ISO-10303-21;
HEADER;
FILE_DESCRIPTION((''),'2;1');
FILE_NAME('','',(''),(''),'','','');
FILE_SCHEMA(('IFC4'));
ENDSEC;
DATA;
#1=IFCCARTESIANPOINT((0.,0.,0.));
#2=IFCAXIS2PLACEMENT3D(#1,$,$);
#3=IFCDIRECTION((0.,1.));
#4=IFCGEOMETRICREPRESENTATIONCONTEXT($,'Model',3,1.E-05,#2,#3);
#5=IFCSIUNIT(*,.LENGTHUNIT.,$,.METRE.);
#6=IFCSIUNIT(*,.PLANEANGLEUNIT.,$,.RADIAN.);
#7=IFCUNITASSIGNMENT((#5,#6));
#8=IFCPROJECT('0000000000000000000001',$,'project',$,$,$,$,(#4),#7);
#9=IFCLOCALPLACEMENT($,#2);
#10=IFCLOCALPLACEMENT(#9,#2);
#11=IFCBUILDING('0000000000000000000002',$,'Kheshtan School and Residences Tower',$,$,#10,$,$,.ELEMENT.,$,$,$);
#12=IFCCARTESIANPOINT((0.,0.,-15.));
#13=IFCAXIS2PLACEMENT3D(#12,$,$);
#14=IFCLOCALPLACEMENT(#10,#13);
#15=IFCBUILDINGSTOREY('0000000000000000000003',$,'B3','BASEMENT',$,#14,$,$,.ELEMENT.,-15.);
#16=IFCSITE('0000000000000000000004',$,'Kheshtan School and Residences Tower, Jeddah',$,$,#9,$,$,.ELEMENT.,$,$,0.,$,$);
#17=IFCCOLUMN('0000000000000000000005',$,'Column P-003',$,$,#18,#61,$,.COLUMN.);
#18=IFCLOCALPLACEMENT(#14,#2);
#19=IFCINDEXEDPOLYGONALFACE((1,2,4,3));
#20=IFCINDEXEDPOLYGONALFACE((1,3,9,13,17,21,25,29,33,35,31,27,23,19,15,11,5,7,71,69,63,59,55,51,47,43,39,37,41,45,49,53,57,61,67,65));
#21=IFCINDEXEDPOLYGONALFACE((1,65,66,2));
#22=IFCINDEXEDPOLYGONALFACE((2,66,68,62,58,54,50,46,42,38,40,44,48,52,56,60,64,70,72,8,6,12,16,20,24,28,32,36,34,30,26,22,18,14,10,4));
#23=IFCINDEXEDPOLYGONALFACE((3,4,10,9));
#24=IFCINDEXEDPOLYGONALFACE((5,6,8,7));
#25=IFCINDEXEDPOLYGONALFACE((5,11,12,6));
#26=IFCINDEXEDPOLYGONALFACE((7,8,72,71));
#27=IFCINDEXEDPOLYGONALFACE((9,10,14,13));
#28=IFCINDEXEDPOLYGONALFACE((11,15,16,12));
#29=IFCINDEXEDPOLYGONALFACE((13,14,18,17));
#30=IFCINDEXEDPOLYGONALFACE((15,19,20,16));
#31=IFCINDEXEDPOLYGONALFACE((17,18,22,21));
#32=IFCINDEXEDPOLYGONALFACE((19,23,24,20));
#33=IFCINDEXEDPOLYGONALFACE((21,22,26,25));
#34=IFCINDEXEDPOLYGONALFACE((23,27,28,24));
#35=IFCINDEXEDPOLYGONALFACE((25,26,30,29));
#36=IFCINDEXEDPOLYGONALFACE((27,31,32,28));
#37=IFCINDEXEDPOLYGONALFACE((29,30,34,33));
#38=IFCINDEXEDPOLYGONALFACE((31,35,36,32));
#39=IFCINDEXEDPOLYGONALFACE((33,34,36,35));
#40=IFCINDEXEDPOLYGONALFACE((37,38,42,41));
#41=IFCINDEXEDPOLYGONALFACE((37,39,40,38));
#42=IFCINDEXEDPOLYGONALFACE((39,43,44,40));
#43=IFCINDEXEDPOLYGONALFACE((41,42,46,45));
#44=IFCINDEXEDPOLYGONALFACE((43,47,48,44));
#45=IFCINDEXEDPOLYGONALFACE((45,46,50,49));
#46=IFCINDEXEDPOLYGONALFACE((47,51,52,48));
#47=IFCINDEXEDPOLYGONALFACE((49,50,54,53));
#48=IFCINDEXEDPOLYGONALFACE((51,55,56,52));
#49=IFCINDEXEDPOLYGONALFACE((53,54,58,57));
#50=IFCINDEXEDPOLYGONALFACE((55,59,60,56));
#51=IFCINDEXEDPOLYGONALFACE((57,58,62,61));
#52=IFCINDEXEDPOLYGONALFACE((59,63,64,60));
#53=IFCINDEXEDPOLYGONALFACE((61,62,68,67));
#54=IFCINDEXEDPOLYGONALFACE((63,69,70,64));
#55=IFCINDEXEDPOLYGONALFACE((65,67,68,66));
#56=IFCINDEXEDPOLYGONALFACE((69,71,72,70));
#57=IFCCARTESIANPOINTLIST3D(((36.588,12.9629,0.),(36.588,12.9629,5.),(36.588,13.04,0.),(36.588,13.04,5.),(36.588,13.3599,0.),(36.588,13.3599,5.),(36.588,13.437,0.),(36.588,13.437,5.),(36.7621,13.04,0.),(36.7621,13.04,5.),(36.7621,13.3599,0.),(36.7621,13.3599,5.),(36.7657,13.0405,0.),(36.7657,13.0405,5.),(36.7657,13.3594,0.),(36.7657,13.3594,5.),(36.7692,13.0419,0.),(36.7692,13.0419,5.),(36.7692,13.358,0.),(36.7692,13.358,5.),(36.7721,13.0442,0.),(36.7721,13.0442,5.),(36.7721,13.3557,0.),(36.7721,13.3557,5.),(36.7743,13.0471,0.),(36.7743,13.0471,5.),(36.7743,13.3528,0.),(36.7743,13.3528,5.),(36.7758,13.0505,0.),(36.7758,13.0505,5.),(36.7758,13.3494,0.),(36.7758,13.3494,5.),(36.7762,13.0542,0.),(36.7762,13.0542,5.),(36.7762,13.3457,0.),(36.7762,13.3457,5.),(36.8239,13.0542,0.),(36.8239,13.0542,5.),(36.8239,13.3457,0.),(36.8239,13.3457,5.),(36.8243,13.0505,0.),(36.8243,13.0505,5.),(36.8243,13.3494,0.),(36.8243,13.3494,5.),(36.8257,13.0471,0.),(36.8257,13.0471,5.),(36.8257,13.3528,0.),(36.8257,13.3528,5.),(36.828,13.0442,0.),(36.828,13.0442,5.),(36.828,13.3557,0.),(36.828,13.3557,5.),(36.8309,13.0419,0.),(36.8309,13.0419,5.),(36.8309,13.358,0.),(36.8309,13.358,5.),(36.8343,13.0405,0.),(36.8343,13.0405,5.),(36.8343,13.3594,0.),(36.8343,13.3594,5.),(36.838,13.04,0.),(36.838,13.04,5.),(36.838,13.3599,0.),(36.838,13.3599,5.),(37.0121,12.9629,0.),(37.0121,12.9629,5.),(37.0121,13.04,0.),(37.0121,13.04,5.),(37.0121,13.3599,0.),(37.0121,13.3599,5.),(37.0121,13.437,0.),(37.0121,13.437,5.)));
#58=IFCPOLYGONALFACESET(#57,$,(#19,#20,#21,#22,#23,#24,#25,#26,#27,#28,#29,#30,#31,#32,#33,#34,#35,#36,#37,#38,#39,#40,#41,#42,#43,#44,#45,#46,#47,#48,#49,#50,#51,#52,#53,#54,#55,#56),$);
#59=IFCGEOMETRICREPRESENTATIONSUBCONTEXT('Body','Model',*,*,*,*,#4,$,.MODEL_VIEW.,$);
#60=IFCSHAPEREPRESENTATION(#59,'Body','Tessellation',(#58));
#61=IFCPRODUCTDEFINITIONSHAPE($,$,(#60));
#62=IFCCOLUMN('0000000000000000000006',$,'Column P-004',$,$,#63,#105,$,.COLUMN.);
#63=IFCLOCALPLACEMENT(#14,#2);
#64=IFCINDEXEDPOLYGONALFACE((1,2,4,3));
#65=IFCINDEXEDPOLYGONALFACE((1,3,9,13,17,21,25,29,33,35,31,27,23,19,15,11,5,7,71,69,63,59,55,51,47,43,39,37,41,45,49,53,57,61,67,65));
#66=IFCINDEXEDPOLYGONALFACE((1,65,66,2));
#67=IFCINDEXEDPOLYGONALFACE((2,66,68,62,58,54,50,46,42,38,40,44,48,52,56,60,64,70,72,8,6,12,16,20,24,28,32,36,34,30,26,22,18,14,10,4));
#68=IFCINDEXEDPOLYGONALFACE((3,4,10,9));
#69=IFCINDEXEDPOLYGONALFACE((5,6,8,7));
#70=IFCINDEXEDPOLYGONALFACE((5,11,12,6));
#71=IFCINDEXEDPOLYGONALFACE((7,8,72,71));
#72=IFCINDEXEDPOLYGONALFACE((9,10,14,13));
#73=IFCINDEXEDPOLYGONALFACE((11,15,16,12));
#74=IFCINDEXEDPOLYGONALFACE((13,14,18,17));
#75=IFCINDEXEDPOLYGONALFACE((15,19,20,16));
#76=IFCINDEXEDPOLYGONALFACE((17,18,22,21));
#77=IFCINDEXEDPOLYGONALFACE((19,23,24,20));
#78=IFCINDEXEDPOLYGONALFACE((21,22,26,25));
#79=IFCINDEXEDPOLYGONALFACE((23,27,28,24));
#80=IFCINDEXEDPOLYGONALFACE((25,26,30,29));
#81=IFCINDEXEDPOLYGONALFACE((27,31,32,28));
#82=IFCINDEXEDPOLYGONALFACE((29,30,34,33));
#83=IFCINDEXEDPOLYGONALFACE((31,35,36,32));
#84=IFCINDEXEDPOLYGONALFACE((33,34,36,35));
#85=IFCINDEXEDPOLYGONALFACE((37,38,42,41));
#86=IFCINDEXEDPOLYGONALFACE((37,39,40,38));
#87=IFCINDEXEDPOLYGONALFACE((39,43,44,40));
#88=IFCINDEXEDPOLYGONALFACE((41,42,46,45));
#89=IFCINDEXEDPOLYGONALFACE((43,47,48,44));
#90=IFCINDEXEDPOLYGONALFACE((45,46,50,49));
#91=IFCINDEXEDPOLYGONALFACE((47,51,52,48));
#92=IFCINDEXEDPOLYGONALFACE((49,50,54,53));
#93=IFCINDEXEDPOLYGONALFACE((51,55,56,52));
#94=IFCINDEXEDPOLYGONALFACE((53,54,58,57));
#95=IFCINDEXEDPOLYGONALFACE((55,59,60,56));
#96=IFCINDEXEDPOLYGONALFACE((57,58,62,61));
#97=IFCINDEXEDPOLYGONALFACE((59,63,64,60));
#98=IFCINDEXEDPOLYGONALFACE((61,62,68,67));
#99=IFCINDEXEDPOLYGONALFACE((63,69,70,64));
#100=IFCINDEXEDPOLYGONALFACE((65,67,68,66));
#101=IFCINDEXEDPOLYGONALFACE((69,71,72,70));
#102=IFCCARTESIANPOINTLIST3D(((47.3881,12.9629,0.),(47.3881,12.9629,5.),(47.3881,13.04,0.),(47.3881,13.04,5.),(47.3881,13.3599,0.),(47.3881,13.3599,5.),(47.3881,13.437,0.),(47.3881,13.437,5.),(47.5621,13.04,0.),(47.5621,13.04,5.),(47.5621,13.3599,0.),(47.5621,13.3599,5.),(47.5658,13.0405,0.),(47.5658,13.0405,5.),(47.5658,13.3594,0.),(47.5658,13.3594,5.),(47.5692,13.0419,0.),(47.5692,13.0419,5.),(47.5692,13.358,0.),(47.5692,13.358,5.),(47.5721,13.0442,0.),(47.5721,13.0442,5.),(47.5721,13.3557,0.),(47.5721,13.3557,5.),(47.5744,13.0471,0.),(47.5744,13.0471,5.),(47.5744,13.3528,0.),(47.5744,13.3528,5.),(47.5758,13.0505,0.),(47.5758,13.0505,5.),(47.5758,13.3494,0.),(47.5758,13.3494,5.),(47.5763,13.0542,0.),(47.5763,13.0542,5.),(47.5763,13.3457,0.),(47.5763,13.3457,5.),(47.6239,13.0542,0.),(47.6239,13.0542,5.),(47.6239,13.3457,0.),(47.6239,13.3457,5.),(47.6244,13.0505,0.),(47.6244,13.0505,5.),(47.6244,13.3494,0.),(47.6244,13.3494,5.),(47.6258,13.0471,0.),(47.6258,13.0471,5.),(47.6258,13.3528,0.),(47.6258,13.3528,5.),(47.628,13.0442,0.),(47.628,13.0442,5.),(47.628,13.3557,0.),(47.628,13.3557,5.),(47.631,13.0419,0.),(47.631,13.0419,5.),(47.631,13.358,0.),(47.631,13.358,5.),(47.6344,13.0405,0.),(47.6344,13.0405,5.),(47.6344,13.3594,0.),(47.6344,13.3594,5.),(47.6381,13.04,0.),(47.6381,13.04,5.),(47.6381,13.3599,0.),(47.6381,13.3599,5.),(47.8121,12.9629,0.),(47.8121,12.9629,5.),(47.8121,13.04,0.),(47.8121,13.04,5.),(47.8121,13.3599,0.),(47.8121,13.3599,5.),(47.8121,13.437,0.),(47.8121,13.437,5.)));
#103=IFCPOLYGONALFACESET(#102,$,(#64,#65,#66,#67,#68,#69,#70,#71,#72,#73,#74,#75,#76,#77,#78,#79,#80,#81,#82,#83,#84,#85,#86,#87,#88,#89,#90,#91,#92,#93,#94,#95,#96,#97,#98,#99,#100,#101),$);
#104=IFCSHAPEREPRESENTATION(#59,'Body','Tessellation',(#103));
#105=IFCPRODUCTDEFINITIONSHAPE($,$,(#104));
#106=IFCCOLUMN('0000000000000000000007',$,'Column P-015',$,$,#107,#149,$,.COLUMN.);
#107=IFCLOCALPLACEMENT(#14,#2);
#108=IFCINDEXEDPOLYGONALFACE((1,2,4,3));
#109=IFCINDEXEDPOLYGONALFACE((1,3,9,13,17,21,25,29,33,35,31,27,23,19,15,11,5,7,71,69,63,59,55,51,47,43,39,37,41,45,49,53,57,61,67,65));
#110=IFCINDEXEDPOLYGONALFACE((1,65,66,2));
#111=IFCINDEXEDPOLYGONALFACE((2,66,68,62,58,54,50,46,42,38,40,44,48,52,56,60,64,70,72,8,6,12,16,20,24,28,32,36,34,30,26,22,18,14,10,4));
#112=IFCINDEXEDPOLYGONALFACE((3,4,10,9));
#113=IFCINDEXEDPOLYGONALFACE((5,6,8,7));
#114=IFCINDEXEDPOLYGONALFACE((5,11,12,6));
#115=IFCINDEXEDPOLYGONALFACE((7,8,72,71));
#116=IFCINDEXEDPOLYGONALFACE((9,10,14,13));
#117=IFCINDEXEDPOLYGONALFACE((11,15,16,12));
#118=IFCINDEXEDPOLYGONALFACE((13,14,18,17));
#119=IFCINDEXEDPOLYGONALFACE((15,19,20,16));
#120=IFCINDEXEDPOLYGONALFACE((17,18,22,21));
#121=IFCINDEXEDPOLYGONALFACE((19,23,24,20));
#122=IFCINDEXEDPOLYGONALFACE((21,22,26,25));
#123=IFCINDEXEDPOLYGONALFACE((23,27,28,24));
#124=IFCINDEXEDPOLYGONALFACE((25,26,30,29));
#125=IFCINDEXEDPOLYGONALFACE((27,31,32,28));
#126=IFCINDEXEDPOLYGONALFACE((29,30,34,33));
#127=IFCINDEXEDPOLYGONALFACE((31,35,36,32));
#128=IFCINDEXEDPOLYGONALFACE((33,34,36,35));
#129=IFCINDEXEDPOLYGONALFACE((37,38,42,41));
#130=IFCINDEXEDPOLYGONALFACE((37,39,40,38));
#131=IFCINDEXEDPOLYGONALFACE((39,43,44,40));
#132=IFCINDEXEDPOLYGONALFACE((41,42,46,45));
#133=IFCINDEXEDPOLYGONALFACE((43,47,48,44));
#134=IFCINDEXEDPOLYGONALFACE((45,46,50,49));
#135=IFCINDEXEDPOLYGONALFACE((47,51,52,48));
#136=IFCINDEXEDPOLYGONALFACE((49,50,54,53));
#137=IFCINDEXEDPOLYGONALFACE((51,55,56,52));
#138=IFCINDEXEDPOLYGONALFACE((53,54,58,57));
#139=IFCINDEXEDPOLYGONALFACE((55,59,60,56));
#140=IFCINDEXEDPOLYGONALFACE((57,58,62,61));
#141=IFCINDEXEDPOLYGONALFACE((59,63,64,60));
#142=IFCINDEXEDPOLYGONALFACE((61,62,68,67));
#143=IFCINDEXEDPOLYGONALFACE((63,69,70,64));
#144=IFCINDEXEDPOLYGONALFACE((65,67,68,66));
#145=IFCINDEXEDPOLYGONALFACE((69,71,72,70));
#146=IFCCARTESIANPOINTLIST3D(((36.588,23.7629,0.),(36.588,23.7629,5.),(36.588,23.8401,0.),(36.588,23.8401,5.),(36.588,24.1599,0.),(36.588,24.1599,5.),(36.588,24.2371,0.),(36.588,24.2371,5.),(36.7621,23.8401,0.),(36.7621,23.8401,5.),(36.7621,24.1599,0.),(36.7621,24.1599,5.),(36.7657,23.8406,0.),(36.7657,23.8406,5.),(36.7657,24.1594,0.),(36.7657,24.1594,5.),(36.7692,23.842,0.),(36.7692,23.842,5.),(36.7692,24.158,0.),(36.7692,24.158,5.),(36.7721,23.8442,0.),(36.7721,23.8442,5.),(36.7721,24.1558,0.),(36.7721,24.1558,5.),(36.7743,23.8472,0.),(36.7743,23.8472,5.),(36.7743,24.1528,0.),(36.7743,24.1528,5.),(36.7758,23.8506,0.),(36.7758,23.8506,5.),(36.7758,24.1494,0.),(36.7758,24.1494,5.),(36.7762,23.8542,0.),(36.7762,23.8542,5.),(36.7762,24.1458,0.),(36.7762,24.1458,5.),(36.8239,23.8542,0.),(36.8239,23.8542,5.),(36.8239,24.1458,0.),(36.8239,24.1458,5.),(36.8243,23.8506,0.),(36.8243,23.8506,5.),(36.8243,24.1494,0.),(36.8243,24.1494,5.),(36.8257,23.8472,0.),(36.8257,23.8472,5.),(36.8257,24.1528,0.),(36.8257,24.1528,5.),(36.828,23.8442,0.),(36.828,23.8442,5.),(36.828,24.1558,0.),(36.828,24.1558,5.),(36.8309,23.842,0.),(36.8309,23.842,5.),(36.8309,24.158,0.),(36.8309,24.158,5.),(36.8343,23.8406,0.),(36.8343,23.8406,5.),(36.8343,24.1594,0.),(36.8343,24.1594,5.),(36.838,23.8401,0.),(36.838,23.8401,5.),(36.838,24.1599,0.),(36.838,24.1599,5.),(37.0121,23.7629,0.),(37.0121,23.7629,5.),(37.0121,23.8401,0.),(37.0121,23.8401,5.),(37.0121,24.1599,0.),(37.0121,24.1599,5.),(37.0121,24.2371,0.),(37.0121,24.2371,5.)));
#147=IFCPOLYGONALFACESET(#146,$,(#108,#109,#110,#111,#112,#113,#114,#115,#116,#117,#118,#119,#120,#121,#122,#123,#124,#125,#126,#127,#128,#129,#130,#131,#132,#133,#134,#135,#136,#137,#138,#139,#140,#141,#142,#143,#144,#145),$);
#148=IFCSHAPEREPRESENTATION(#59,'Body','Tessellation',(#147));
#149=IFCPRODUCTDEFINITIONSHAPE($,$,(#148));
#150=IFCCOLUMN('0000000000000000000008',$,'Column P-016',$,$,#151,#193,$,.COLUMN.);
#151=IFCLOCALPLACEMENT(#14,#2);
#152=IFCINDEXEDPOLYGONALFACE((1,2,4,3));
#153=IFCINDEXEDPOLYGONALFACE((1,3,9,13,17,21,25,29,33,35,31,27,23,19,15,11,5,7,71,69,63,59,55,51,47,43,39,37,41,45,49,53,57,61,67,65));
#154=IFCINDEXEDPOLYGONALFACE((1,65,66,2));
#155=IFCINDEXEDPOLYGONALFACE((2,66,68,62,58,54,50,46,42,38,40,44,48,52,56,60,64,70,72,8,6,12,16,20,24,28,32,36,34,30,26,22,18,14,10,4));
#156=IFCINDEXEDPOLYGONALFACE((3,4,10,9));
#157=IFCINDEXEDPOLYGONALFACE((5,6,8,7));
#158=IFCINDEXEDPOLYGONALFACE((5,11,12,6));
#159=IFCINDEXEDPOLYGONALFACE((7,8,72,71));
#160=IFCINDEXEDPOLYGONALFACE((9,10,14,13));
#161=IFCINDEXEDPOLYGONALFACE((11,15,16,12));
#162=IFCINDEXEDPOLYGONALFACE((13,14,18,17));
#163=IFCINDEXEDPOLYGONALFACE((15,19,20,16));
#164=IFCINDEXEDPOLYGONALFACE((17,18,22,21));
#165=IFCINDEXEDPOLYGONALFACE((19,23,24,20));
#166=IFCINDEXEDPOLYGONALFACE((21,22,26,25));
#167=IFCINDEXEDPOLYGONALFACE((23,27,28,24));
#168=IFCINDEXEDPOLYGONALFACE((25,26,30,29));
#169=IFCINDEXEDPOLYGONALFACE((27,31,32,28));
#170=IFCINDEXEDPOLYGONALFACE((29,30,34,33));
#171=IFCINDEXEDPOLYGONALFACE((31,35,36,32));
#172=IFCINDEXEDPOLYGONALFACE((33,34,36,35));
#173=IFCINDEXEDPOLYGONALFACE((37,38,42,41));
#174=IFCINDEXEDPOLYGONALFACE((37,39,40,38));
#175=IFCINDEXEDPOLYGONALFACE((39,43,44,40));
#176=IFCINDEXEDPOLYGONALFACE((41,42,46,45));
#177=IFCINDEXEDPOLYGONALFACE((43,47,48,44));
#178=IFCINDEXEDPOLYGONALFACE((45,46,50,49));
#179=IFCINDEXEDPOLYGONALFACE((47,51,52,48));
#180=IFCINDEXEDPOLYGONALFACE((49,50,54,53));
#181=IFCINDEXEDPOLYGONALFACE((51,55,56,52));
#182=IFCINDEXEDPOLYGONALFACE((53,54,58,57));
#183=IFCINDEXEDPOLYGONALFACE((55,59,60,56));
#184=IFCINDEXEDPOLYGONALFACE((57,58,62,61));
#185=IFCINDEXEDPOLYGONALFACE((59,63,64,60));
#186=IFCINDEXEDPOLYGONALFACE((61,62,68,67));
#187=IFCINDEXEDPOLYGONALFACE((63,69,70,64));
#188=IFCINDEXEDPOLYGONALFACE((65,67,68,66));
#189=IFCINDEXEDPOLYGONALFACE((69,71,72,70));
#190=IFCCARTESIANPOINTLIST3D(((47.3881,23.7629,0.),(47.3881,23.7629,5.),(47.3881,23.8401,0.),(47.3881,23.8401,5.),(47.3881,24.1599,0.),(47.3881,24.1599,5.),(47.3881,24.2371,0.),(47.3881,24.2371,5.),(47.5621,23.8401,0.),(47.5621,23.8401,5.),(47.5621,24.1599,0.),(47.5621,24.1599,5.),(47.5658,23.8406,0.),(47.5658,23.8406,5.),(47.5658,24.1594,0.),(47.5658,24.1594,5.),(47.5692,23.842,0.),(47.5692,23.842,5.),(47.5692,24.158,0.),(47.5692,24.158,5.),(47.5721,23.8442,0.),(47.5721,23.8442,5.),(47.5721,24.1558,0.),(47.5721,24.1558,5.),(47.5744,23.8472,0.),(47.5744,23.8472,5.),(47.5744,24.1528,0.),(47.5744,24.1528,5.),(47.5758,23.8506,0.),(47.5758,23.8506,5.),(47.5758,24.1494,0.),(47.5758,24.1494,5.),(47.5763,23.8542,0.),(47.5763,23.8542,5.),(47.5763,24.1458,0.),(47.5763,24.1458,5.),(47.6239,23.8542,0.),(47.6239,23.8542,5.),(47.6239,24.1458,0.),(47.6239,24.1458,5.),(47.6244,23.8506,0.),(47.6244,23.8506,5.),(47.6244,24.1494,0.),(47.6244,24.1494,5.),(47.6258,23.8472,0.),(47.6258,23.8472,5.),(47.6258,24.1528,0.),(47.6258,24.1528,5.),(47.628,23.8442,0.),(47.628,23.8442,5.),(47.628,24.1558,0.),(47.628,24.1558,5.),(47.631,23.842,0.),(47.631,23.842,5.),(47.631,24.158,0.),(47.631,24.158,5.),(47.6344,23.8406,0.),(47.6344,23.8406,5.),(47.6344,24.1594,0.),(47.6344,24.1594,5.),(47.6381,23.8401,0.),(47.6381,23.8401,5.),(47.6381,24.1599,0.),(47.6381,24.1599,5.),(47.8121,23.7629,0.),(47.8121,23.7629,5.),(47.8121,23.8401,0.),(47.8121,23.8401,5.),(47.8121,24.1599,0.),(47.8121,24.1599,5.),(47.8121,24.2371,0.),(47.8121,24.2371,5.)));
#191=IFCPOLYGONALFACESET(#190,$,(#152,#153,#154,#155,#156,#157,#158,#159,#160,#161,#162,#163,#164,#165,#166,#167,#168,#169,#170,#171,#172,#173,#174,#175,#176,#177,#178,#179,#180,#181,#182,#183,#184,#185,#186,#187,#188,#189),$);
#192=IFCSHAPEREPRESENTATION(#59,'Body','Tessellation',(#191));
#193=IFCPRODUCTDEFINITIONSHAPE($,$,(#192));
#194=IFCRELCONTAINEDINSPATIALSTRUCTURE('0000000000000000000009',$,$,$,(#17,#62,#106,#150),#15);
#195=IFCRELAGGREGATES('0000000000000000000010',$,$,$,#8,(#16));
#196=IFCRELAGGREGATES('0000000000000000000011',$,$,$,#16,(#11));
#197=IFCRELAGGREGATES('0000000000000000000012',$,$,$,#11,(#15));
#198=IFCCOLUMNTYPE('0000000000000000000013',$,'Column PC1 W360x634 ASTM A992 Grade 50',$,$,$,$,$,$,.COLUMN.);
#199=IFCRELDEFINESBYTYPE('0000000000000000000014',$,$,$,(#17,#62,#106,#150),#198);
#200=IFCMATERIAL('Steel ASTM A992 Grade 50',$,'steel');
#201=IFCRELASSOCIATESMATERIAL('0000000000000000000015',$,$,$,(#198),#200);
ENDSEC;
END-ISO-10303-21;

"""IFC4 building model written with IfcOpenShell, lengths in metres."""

from ifc_helpers import new_model, si_unit, direction, frame, origin, origin_2d, place, context, subcontext, project, spatial, i_section, extrude, material, material_profile, profile_set, type_object, element, save


model = new_model("IFC4")

# Units and contexts
model_context = context("Model", 3, precision=1e-05, world=origin(), true_north=direction((0.0, 1.0)))
body_context = subcontext(model_context, "Body", "Model", "MODEL_VIEW")
ifc_project = project(units=[si_unit("LENGTHUNIT", "METRE"), si_unit("PLANEANGLEUNIT", "RADIAN")], contexts=[model_context])

# Site, building, storey
site_placement = place(None, origin())
site = spatial("IfcSite", under=ifc_project, at=site_placement, Name="Kheshtan School and Residences Tower, Jeddah", CompositionType="ELEMENT", RefElevation=0.0)
building_placement = place(site_placement, origin())
building = spatial("IfcBuilding", under=site, at=building_placement, Name="Kheshtan School and Residences Tower", CompositionType="ELEMENT")
storey_placement = place(building_placement, frame((0.0, 0.0, -15.0)))
storey = spatial("IfcBuildingStorey", under=building, at=storey_placement, Name="B3", Description="BASEMENT", CompositionType="ELEMENT", Elevation=-15.0)

# Columns
ifc_material_1 = material(Name="Steel ASTM A992 Grade 50", Category="steel")
ifc_material_profile_1 = material_profile(ifc_material_1, i_section(OverallWidth=0.4241, OverallDepth=0.4741, WebThickness=0.0476, FlangeThickness=0.0771, FilletRadius=0.0142, at=origin_2d()), Name="W360x634")
ifc_profile_set_1 = profile_set([ifc_material_profile_1], Name="Steel ASTM A992 Grade 50")
column_type = type_object("IfcColumnType", Name="Column PC1 W360x634 ASTM A992 Grade 50", PredefinedType="COLUMN", material=ifc_profile_set_1)
for number, where, z_axis, x_axis, name in (
    (1, (36.8, 13.2, 0.0), (0.0, 0.0, 1.0), (1.0, 0.0, 0.0), "Column P-003"),
    (2, (47.6001, 13.2, 0.0), (0.0, 0.0, 1.0), (1.0, 0.0, 0.0), "Column P-004"),
    (3, (36.8, 24.0, 0.0), (0.0, 0.0, 1.0), (1.0, 0.0, 0.0), "Column P-015"),
    (4, (47.6001, 24.0, 0.0), (0.0, 0.0, 1.0), (1.0, 0.0, 0.0), "Column P-016"),
):
    element("IfcColumn", number, at=place(storey_placement, frame(where, z_axis=z_axis, x_axis=x_axis)), inside=storey, type_object=column_type, Name=name, PredefinedType="COLUMN", context=body_context, shape_type="SweptSolid", body=[
        extrude(i_section(OverallWidth=0.4241, OverallDepth=0.4741, WebThickness=0.0476, FlangeThickness=0.0771, FilletRadius=0.0142, at=origin_2d()), origin(), (0.0, 0.0, 1.0), 5.0),
    ])

save(model, "model.ifc")
